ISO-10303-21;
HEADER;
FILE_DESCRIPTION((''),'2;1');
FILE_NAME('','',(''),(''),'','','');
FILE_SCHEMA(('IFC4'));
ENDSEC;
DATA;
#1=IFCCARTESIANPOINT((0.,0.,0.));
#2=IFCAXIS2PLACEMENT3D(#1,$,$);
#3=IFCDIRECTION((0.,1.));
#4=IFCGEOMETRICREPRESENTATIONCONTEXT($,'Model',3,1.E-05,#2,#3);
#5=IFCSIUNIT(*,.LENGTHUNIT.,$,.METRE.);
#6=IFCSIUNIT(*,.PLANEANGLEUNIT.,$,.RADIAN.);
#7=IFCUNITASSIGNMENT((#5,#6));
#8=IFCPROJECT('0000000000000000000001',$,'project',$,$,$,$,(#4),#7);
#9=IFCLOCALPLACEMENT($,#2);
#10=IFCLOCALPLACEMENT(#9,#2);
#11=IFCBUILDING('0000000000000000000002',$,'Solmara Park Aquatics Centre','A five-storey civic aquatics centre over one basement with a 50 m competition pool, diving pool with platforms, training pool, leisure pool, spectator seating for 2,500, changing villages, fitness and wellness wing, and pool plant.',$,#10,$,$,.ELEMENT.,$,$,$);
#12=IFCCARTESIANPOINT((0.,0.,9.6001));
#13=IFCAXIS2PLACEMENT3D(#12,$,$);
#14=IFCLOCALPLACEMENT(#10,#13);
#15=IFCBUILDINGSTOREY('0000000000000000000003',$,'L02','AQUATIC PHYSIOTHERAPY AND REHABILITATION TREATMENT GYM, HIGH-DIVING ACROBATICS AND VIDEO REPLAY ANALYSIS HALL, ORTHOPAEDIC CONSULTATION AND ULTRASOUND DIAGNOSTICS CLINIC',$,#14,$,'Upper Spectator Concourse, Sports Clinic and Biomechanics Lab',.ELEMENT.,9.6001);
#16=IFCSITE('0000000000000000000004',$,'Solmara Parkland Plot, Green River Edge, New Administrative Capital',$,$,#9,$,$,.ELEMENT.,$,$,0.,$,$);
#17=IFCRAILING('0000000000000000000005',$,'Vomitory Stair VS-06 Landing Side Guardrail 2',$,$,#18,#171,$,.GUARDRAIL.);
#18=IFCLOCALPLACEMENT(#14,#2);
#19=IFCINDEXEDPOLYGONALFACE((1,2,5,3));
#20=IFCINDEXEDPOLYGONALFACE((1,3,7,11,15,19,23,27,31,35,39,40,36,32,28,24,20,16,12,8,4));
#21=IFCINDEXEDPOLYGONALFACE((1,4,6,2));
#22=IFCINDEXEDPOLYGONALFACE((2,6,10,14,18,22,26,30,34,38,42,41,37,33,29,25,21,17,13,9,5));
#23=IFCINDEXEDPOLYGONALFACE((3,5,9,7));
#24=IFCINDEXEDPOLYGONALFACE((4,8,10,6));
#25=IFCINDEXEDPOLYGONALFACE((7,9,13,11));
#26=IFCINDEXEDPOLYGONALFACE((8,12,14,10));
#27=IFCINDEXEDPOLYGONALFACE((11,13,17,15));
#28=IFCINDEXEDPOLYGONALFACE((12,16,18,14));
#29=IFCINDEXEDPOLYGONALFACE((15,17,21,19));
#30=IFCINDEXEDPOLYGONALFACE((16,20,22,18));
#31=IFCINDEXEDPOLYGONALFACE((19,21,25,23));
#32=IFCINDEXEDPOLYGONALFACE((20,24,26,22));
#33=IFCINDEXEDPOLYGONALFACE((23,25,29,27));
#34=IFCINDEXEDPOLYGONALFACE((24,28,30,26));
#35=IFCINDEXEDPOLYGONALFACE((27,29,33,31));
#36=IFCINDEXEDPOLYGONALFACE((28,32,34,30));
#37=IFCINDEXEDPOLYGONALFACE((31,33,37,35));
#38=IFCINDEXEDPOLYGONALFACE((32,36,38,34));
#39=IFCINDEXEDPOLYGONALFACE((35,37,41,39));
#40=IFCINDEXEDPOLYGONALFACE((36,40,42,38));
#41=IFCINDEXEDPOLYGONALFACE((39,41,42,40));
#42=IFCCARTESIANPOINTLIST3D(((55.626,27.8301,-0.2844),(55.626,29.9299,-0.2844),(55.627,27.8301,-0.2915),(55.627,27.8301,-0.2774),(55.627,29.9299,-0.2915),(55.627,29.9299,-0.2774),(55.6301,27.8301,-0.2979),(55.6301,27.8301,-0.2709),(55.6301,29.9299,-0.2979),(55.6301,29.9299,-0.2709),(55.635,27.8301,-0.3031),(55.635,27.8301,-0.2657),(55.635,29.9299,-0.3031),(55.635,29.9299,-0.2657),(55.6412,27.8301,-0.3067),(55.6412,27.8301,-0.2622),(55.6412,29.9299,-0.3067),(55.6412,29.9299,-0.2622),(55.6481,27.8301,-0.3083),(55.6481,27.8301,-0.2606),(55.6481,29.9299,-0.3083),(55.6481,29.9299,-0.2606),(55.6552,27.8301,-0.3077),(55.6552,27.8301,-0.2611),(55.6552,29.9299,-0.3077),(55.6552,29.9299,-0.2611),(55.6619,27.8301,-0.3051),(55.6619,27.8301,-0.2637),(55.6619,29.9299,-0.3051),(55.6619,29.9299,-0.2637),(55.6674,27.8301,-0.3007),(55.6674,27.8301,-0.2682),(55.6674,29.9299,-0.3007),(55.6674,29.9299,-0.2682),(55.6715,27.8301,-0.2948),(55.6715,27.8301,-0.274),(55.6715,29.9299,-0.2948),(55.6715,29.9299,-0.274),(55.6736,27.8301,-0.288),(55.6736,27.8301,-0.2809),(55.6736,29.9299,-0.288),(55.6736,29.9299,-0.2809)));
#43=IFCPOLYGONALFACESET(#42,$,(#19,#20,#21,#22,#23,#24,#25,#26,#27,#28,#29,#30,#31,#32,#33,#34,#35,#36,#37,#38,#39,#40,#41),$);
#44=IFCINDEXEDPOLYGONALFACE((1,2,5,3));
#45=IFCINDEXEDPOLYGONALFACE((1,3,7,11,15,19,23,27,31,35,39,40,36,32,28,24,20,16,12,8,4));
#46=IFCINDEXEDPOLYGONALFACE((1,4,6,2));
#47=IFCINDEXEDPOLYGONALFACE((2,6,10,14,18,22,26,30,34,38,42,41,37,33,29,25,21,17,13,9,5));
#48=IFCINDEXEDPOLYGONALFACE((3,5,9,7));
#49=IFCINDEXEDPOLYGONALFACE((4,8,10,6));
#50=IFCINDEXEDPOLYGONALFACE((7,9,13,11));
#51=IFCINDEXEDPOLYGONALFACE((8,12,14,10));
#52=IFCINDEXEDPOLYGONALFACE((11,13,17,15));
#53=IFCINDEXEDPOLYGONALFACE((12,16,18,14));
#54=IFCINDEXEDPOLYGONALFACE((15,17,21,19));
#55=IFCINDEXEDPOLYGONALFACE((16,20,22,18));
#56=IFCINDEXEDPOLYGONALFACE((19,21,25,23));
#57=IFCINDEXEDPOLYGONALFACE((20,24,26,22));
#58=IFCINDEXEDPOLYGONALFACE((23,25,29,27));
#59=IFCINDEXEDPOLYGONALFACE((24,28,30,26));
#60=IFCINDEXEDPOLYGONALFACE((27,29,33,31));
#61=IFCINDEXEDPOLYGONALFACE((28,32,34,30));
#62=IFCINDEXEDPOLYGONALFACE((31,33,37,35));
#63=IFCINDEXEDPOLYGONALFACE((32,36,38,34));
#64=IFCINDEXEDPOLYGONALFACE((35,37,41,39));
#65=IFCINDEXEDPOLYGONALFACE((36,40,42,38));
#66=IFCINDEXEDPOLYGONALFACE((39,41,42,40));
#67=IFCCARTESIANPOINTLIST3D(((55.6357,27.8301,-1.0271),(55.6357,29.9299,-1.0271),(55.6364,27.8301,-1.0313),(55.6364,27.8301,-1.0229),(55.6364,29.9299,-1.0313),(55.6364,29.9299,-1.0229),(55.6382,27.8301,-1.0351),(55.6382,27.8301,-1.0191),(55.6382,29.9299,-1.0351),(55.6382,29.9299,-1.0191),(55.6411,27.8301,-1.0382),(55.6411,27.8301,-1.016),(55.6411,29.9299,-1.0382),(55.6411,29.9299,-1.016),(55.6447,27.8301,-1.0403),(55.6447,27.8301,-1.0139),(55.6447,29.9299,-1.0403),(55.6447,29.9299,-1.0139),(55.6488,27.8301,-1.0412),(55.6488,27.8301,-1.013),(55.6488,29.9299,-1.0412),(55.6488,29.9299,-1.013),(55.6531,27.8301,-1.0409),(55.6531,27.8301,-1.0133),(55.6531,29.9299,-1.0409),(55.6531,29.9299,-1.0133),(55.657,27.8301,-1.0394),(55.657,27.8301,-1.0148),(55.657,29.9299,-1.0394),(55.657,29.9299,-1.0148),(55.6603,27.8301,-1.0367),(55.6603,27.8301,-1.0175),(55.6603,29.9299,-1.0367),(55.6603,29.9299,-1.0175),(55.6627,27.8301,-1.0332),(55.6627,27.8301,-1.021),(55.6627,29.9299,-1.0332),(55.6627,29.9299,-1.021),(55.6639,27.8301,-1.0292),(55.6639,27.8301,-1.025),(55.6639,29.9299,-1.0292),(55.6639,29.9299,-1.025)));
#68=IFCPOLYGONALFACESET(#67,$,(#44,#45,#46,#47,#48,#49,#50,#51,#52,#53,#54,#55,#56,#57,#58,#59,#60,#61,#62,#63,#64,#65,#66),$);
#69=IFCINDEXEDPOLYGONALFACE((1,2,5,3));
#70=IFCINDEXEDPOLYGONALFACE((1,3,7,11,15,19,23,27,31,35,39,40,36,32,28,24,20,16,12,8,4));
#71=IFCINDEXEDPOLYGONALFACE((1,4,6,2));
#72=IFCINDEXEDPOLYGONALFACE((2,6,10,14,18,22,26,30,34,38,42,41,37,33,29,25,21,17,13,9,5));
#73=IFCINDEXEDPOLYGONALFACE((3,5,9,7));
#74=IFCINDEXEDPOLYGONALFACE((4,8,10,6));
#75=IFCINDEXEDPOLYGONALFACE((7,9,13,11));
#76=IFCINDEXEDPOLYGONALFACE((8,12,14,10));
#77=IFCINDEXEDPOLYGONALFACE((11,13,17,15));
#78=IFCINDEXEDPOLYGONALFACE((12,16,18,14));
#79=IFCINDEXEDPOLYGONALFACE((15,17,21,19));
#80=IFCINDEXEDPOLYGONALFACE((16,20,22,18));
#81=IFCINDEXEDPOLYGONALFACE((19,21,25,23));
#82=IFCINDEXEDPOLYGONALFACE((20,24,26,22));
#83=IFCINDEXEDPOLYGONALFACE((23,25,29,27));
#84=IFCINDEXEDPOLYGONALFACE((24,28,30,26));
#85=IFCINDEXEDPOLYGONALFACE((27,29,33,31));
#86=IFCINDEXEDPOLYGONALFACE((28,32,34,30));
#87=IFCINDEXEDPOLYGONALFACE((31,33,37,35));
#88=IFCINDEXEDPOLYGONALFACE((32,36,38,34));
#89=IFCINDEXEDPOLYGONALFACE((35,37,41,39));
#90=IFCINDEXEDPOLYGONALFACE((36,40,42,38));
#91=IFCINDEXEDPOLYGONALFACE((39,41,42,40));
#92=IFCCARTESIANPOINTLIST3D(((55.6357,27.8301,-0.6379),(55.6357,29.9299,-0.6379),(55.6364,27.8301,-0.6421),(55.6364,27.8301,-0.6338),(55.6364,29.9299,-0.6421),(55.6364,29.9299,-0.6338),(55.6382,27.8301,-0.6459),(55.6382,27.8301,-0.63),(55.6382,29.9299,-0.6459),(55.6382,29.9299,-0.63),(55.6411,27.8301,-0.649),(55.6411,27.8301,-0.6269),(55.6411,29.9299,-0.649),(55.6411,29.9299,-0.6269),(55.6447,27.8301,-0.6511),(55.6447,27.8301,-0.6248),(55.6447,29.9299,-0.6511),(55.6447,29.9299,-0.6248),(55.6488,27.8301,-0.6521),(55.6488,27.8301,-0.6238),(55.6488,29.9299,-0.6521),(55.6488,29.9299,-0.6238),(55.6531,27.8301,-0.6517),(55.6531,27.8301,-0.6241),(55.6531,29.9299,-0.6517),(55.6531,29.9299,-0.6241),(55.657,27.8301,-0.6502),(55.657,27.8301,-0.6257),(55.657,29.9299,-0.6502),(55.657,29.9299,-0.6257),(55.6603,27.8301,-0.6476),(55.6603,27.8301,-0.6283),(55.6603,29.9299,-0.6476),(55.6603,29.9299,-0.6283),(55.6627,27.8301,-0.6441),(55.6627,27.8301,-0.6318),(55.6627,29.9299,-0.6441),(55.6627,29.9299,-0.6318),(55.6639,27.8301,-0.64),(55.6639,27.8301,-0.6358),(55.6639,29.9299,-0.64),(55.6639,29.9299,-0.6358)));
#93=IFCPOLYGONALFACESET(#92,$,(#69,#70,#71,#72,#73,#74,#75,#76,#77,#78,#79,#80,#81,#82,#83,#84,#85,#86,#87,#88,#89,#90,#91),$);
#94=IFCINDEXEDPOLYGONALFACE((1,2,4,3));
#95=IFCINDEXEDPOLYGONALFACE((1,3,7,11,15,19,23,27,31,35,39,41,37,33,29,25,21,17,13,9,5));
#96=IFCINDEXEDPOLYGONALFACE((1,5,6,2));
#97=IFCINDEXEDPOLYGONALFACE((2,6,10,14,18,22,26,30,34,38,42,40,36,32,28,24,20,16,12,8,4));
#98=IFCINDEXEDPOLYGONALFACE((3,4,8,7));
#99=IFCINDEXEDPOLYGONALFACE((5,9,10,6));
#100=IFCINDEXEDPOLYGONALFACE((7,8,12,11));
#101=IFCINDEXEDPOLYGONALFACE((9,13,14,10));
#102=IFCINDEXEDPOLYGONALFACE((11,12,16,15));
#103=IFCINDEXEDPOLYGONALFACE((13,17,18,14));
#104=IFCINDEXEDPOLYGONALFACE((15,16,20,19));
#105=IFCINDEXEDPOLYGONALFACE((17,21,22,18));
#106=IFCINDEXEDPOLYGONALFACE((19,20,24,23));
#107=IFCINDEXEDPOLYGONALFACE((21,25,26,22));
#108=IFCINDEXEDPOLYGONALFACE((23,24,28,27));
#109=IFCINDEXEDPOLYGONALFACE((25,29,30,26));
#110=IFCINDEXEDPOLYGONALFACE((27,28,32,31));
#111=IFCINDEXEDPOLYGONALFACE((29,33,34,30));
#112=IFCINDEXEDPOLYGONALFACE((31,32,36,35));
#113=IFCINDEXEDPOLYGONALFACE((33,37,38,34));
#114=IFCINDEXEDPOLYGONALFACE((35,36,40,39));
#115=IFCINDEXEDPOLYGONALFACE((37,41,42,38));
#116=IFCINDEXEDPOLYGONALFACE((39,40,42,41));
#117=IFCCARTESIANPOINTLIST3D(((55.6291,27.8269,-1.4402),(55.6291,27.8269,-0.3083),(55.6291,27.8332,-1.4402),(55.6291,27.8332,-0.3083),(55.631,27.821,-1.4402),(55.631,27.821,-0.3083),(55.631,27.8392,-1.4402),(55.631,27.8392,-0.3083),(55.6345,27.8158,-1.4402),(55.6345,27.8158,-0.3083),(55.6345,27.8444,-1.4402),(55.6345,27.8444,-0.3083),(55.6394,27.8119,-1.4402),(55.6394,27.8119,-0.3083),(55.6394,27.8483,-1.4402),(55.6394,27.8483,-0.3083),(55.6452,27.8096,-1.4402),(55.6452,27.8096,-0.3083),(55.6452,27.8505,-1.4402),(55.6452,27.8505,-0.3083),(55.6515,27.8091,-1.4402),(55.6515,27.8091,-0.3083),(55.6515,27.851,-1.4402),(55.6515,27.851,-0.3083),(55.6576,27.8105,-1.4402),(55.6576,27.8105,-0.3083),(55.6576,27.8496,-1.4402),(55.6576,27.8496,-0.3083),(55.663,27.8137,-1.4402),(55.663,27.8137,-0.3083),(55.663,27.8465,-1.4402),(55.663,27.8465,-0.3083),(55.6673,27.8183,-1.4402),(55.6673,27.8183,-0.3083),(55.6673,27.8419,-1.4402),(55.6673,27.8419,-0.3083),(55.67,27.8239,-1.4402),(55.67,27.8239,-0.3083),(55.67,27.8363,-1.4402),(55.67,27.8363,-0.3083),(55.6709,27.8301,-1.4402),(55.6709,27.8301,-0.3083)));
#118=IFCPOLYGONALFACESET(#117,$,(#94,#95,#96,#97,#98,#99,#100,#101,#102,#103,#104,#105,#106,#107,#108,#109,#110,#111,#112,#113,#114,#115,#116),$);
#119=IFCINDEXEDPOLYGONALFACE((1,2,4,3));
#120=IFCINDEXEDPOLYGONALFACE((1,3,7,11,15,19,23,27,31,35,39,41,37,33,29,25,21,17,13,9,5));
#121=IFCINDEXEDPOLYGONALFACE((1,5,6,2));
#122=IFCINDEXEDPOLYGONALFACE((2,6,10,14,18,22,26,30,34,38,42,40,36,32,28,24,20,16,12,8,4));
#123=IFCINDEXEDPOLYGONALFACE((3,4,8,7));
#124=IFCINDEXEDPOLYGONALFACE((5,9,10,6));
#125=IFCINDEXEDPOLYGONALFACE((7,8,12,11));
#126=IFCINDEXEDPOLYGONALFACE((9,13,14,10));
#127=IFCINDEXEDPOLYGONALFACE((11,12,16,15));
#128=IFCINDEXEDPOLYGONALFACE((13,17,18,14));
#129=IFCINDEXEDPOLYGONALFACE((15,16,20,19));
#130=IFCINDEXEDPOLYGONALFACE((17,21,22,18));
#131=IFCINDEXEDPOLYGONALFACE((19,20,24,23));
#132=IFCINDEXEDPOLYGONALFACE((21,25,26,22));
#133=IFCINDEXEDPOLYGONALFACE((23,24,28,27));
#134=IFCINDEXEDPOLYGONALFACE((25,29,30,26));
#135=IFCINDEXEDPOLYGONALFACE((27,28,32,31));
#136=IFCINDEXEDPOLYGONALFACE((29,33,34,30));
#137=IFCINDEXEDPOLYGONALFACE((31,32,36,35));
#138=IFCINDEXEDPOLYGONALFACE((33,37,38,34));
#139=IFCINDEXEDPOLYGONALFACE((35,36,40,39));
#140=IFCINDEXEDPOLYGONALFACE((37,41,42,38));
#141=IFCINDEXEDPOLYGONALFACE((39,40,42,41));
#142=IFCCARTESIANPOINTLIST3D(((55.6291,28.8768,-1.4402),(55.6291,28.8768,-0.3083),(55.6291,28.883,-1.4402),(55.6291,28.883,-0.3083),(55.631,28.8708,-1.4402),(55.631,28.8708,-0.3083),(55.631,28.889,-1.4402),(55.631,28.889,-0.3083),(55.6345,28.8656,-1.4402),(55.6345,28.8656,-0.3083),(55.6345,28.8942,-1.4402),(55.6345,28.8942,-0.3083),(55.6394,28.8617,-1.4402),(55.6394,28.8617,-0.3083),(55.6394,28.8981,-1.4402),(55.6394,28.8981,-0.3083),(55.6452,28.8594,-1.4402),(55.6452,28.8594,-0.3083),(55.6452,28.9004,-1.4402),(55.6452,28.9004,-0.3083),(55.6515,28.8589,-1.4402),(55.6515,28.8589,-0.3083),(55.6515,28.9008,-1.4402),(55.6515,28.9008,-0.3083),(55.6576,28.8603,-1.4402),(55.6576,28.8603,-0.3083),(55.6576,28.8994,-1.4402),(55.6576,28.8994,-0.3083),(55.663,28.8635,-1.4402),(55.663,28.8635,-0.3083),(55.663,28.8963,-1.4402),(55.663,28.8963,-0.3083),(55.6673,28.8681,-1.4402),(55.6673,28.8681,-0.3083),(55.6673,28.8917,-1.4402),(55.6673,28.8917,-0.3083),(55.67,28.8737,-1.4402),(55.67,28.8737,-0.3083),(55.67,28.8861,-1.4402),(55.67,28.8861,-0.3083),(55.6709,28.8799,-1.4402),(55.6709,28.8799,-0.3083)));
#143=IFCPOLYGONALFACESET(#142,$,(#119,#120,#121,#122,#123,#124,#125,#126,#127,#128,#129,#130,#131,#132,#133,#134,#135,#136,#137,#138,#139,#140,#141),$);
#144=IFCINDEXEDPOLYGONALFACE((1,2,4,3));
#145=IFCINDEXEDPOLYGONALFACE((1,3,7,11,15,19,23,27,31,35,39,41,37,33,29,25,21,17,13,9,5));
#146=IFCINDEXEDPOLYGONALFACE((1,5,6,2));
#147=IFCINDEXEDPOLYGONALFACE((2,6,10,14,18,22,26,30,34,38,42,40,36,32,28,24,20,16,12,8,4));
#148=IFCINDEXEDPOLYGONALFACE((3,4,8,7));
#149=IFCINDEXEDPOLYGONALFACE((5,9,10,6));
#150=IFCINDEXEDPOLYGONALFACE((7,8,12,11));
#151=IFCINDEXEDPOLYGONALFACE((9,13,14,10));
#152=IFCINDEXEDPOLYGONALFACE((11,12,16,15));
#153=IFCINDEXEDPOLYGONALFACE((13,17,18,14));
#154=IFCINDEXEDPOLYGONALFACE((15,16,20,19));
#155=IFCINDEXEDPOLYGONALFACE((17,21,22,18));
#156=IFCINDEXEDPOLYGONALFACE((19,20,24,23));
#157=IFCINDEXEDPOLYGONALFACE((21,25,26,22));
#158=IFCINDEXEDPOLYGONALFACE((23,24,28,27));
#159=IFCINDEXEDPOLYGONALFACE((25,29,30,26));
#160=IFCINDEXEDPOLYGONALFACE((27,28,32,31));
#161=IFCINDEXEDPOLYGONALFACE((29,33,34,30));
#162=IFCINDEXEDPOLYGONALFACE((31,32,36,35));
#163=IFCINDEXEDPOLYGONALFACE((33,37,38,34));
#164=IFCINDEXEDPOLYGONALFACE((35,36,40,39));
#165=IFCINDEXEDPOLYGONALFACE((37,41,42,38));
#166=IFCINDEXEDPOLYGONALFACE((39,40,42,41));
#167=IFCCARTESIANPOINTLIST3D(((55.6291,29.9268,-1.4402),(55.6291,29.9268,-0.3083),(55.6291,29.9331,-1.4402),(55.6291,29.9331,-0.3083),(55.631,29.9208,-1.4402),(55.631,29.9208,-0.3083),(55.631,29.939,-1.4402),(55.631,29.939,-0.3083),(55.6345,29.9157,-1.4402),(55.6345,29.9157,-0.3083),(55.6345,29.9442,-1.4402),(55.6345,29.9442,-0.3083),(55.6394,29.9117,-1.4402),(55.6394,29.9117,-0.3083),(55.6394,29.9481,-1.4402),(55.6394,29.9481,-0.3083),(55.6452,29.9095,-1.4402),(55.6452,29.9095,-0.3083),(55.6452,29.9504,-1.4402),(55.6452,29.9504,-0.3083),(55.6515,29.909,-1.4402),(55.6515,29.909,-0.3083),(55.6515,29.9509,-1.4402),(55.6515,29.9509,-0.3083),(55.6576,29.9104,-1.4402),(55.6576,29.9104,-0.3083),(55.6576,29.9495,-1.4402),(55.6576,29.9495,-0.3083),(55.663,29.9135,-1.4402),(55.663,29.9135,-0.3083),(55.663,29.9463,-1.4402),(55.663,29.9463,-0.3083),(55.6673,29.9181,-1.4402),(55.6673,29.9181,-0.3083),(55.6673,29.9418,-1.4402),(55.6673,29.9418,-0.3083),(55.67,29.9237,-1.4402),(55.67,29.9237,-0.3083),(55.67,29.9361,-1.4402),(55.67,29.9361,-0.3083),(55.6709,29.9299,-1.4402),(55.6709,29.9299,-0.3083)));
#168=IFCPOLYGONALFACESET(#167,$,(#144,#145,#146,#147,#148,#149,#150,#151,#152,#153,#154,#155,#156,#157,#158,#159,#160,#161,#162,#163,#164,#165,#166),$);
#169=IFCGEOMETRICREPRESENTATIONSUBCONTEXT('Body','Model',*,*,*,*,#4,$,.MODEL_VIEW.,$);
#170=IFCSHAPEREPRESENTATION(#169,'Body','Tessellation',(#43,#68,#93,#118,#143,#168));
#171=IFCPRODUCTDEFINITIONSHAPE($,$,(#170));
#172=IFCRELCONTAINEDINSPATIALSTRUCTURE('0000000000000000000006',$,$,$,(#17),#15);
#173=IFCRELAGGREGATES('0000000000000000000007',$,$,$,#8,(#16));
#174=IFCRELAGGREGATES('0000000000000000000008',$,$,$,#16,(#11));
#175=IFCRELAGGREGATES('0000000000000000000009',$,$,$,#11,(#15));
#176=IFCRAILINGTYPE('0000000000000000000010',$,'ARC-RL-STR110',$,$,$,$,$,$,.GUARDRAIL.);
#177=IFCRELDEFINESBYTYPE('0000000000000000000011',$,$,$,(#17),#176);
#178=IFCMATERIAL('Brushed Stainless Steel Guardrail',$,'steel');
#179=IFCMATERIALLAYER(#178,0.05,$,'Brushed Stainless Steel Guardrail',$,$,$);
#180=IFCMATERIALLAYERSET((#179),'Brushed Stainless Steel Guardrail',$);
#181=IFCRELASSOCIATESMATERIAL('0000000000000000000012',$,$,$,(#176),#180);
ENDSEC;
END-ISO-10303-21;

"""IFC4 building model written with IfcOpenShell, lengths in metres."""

from ifc_helpers import new_model, si_unit, direction, frame, origin, origin_2d, place, context, subcontext, project, spatial, circle, extrude, material, layer, layer_set, type_object, element, save


model = new_model("IFC4")

# Units and contexts
model_context = context("Model", 3, precision=1e-05, world=origin(), true_north=direction((0.0, 1.0)))
body_context = subcontext(model_context, "Body", "Model", "MODEL_VIEW")
ifc_project = project(units=[si_unit("LENGTHUNIT", "METRE"), si_unit("PLANEANGLEUNIT", "RADIAN")], contexts=[model_context])

# Site, building, storey
site_placement = place(None, origin())
site = spatial("IfcSite", under=ifc_project, at=site_placement, Name="Solmara Parkland Plot, Green River Edge, New Administrative Capital", CompositionType="ELEMENT", RefElevation=0.0)
building_placement = place(site_placement, origin())
building = spatial("IfcBuilding", under=site, at=building_placement, Name="Solmara Park Aquatics Centre", Description="A five-storey civic aquatics centre over one basement with a 50 m competition pool, diving pool with platforms, training pool, leisure pool, spectator seating for 2,500, changing villages, fitness and wellness wing, and pool plant.", CompositionType="ELEMENT")
storey_placement = place(building_placement, frame((0.0, 0.0, 9.6001)))
storey = spatial("IfcBuildingStorey", under=building, at=storey_placement, Name="L02", Description="AQUATIC PHYSIOTHERAPY AND REHABILITATION TREATMENT GYM, HIGH-DIVING ACROBATICS AND VIDEO REPLAY ANALYSIS HALL, ORTHOPAEDIC CONSULTATION AND ULTRASOUND DIAGNOSTICS CLINIC", LongName="Upper Spectator Concourse, Sports Clinic and Biomechanics Lab", CompositionType="ELEMENT", Elevation=9.6001)

# Railing
ifc_material_1 = material(Name="Brushed Stainless Steel Guardrail", Category="steel")
ifc_layer_1 = layer(ifc_material_1, 0.05, Name="Brushed Stainless Steel Guardrail")
ifc_layer_set_1 = layer_set([ifc_layer_1], Name="Brushed Stainless Steel Guardrail")
railing_type_1 = type_object("IfcRailingType", Name="ARC-RL-STR110", PredefinedType="GUARDRAIL", material=ifc_layer_set_1)
railing_1_placement = place(storey_placement, frame((55.6499, 27.8301, -1.4402)))
element("IfcRailing", 1, at=railing_1_placement, inside=storey, type_object=railing_type_1, Name="Vomitory Stair VS-06 Landing Side Guardrail 2", PredefinedType="GUARDRAIL", context=body_context, shape_type="SweptSolid", body=[
    extrude(circle(Radius=0.0239, at=origin_2d()), frame((0.0, 0.0, 1.1558), z_axis=(0.0, 1.0, 0.0), x_axis=(-1.0, 0.0, 0.0)), (0.0, 0.0, 1.0), 2.0999),
    extrude(circle(Radius=0.0142, at=origin_2d()), frame((0.0, 0.0, 0.4131), z_axis=(0.0, 1.0, 0.0), x_axis=(-1.0, 0.0, 0.0)), (0.0, 0.0, 1.0), 2.0999),
    extrude(circle(Radius=0.0142, at=origin_2d()), frame((0.0, 0.0, 0.8022), z_axis=(0.0, 1.0, 0.0), x_axis=(-1.0, 0.0, 0.0)), (0.0, 0.0, 1.0), 2.0999),
    extrude(circle(Radius=0.021, at=origin_2d()), origin(), (0.0, 0.0, 1.0), 1.1318),
    extrude(circle(Radius=0.021, at=origin_2d()), frame((0.0, 1.0498, 0.0)), (0.0, 0.0, 1.0), 1.1318),
    extrude(circle(Radius=0.021, at=origin_2d()), frame((0.0, 2.0999, 0.0)), (0.0, 0.0, 1.0), 1.1318),
])

save(model, "model.ifc")
